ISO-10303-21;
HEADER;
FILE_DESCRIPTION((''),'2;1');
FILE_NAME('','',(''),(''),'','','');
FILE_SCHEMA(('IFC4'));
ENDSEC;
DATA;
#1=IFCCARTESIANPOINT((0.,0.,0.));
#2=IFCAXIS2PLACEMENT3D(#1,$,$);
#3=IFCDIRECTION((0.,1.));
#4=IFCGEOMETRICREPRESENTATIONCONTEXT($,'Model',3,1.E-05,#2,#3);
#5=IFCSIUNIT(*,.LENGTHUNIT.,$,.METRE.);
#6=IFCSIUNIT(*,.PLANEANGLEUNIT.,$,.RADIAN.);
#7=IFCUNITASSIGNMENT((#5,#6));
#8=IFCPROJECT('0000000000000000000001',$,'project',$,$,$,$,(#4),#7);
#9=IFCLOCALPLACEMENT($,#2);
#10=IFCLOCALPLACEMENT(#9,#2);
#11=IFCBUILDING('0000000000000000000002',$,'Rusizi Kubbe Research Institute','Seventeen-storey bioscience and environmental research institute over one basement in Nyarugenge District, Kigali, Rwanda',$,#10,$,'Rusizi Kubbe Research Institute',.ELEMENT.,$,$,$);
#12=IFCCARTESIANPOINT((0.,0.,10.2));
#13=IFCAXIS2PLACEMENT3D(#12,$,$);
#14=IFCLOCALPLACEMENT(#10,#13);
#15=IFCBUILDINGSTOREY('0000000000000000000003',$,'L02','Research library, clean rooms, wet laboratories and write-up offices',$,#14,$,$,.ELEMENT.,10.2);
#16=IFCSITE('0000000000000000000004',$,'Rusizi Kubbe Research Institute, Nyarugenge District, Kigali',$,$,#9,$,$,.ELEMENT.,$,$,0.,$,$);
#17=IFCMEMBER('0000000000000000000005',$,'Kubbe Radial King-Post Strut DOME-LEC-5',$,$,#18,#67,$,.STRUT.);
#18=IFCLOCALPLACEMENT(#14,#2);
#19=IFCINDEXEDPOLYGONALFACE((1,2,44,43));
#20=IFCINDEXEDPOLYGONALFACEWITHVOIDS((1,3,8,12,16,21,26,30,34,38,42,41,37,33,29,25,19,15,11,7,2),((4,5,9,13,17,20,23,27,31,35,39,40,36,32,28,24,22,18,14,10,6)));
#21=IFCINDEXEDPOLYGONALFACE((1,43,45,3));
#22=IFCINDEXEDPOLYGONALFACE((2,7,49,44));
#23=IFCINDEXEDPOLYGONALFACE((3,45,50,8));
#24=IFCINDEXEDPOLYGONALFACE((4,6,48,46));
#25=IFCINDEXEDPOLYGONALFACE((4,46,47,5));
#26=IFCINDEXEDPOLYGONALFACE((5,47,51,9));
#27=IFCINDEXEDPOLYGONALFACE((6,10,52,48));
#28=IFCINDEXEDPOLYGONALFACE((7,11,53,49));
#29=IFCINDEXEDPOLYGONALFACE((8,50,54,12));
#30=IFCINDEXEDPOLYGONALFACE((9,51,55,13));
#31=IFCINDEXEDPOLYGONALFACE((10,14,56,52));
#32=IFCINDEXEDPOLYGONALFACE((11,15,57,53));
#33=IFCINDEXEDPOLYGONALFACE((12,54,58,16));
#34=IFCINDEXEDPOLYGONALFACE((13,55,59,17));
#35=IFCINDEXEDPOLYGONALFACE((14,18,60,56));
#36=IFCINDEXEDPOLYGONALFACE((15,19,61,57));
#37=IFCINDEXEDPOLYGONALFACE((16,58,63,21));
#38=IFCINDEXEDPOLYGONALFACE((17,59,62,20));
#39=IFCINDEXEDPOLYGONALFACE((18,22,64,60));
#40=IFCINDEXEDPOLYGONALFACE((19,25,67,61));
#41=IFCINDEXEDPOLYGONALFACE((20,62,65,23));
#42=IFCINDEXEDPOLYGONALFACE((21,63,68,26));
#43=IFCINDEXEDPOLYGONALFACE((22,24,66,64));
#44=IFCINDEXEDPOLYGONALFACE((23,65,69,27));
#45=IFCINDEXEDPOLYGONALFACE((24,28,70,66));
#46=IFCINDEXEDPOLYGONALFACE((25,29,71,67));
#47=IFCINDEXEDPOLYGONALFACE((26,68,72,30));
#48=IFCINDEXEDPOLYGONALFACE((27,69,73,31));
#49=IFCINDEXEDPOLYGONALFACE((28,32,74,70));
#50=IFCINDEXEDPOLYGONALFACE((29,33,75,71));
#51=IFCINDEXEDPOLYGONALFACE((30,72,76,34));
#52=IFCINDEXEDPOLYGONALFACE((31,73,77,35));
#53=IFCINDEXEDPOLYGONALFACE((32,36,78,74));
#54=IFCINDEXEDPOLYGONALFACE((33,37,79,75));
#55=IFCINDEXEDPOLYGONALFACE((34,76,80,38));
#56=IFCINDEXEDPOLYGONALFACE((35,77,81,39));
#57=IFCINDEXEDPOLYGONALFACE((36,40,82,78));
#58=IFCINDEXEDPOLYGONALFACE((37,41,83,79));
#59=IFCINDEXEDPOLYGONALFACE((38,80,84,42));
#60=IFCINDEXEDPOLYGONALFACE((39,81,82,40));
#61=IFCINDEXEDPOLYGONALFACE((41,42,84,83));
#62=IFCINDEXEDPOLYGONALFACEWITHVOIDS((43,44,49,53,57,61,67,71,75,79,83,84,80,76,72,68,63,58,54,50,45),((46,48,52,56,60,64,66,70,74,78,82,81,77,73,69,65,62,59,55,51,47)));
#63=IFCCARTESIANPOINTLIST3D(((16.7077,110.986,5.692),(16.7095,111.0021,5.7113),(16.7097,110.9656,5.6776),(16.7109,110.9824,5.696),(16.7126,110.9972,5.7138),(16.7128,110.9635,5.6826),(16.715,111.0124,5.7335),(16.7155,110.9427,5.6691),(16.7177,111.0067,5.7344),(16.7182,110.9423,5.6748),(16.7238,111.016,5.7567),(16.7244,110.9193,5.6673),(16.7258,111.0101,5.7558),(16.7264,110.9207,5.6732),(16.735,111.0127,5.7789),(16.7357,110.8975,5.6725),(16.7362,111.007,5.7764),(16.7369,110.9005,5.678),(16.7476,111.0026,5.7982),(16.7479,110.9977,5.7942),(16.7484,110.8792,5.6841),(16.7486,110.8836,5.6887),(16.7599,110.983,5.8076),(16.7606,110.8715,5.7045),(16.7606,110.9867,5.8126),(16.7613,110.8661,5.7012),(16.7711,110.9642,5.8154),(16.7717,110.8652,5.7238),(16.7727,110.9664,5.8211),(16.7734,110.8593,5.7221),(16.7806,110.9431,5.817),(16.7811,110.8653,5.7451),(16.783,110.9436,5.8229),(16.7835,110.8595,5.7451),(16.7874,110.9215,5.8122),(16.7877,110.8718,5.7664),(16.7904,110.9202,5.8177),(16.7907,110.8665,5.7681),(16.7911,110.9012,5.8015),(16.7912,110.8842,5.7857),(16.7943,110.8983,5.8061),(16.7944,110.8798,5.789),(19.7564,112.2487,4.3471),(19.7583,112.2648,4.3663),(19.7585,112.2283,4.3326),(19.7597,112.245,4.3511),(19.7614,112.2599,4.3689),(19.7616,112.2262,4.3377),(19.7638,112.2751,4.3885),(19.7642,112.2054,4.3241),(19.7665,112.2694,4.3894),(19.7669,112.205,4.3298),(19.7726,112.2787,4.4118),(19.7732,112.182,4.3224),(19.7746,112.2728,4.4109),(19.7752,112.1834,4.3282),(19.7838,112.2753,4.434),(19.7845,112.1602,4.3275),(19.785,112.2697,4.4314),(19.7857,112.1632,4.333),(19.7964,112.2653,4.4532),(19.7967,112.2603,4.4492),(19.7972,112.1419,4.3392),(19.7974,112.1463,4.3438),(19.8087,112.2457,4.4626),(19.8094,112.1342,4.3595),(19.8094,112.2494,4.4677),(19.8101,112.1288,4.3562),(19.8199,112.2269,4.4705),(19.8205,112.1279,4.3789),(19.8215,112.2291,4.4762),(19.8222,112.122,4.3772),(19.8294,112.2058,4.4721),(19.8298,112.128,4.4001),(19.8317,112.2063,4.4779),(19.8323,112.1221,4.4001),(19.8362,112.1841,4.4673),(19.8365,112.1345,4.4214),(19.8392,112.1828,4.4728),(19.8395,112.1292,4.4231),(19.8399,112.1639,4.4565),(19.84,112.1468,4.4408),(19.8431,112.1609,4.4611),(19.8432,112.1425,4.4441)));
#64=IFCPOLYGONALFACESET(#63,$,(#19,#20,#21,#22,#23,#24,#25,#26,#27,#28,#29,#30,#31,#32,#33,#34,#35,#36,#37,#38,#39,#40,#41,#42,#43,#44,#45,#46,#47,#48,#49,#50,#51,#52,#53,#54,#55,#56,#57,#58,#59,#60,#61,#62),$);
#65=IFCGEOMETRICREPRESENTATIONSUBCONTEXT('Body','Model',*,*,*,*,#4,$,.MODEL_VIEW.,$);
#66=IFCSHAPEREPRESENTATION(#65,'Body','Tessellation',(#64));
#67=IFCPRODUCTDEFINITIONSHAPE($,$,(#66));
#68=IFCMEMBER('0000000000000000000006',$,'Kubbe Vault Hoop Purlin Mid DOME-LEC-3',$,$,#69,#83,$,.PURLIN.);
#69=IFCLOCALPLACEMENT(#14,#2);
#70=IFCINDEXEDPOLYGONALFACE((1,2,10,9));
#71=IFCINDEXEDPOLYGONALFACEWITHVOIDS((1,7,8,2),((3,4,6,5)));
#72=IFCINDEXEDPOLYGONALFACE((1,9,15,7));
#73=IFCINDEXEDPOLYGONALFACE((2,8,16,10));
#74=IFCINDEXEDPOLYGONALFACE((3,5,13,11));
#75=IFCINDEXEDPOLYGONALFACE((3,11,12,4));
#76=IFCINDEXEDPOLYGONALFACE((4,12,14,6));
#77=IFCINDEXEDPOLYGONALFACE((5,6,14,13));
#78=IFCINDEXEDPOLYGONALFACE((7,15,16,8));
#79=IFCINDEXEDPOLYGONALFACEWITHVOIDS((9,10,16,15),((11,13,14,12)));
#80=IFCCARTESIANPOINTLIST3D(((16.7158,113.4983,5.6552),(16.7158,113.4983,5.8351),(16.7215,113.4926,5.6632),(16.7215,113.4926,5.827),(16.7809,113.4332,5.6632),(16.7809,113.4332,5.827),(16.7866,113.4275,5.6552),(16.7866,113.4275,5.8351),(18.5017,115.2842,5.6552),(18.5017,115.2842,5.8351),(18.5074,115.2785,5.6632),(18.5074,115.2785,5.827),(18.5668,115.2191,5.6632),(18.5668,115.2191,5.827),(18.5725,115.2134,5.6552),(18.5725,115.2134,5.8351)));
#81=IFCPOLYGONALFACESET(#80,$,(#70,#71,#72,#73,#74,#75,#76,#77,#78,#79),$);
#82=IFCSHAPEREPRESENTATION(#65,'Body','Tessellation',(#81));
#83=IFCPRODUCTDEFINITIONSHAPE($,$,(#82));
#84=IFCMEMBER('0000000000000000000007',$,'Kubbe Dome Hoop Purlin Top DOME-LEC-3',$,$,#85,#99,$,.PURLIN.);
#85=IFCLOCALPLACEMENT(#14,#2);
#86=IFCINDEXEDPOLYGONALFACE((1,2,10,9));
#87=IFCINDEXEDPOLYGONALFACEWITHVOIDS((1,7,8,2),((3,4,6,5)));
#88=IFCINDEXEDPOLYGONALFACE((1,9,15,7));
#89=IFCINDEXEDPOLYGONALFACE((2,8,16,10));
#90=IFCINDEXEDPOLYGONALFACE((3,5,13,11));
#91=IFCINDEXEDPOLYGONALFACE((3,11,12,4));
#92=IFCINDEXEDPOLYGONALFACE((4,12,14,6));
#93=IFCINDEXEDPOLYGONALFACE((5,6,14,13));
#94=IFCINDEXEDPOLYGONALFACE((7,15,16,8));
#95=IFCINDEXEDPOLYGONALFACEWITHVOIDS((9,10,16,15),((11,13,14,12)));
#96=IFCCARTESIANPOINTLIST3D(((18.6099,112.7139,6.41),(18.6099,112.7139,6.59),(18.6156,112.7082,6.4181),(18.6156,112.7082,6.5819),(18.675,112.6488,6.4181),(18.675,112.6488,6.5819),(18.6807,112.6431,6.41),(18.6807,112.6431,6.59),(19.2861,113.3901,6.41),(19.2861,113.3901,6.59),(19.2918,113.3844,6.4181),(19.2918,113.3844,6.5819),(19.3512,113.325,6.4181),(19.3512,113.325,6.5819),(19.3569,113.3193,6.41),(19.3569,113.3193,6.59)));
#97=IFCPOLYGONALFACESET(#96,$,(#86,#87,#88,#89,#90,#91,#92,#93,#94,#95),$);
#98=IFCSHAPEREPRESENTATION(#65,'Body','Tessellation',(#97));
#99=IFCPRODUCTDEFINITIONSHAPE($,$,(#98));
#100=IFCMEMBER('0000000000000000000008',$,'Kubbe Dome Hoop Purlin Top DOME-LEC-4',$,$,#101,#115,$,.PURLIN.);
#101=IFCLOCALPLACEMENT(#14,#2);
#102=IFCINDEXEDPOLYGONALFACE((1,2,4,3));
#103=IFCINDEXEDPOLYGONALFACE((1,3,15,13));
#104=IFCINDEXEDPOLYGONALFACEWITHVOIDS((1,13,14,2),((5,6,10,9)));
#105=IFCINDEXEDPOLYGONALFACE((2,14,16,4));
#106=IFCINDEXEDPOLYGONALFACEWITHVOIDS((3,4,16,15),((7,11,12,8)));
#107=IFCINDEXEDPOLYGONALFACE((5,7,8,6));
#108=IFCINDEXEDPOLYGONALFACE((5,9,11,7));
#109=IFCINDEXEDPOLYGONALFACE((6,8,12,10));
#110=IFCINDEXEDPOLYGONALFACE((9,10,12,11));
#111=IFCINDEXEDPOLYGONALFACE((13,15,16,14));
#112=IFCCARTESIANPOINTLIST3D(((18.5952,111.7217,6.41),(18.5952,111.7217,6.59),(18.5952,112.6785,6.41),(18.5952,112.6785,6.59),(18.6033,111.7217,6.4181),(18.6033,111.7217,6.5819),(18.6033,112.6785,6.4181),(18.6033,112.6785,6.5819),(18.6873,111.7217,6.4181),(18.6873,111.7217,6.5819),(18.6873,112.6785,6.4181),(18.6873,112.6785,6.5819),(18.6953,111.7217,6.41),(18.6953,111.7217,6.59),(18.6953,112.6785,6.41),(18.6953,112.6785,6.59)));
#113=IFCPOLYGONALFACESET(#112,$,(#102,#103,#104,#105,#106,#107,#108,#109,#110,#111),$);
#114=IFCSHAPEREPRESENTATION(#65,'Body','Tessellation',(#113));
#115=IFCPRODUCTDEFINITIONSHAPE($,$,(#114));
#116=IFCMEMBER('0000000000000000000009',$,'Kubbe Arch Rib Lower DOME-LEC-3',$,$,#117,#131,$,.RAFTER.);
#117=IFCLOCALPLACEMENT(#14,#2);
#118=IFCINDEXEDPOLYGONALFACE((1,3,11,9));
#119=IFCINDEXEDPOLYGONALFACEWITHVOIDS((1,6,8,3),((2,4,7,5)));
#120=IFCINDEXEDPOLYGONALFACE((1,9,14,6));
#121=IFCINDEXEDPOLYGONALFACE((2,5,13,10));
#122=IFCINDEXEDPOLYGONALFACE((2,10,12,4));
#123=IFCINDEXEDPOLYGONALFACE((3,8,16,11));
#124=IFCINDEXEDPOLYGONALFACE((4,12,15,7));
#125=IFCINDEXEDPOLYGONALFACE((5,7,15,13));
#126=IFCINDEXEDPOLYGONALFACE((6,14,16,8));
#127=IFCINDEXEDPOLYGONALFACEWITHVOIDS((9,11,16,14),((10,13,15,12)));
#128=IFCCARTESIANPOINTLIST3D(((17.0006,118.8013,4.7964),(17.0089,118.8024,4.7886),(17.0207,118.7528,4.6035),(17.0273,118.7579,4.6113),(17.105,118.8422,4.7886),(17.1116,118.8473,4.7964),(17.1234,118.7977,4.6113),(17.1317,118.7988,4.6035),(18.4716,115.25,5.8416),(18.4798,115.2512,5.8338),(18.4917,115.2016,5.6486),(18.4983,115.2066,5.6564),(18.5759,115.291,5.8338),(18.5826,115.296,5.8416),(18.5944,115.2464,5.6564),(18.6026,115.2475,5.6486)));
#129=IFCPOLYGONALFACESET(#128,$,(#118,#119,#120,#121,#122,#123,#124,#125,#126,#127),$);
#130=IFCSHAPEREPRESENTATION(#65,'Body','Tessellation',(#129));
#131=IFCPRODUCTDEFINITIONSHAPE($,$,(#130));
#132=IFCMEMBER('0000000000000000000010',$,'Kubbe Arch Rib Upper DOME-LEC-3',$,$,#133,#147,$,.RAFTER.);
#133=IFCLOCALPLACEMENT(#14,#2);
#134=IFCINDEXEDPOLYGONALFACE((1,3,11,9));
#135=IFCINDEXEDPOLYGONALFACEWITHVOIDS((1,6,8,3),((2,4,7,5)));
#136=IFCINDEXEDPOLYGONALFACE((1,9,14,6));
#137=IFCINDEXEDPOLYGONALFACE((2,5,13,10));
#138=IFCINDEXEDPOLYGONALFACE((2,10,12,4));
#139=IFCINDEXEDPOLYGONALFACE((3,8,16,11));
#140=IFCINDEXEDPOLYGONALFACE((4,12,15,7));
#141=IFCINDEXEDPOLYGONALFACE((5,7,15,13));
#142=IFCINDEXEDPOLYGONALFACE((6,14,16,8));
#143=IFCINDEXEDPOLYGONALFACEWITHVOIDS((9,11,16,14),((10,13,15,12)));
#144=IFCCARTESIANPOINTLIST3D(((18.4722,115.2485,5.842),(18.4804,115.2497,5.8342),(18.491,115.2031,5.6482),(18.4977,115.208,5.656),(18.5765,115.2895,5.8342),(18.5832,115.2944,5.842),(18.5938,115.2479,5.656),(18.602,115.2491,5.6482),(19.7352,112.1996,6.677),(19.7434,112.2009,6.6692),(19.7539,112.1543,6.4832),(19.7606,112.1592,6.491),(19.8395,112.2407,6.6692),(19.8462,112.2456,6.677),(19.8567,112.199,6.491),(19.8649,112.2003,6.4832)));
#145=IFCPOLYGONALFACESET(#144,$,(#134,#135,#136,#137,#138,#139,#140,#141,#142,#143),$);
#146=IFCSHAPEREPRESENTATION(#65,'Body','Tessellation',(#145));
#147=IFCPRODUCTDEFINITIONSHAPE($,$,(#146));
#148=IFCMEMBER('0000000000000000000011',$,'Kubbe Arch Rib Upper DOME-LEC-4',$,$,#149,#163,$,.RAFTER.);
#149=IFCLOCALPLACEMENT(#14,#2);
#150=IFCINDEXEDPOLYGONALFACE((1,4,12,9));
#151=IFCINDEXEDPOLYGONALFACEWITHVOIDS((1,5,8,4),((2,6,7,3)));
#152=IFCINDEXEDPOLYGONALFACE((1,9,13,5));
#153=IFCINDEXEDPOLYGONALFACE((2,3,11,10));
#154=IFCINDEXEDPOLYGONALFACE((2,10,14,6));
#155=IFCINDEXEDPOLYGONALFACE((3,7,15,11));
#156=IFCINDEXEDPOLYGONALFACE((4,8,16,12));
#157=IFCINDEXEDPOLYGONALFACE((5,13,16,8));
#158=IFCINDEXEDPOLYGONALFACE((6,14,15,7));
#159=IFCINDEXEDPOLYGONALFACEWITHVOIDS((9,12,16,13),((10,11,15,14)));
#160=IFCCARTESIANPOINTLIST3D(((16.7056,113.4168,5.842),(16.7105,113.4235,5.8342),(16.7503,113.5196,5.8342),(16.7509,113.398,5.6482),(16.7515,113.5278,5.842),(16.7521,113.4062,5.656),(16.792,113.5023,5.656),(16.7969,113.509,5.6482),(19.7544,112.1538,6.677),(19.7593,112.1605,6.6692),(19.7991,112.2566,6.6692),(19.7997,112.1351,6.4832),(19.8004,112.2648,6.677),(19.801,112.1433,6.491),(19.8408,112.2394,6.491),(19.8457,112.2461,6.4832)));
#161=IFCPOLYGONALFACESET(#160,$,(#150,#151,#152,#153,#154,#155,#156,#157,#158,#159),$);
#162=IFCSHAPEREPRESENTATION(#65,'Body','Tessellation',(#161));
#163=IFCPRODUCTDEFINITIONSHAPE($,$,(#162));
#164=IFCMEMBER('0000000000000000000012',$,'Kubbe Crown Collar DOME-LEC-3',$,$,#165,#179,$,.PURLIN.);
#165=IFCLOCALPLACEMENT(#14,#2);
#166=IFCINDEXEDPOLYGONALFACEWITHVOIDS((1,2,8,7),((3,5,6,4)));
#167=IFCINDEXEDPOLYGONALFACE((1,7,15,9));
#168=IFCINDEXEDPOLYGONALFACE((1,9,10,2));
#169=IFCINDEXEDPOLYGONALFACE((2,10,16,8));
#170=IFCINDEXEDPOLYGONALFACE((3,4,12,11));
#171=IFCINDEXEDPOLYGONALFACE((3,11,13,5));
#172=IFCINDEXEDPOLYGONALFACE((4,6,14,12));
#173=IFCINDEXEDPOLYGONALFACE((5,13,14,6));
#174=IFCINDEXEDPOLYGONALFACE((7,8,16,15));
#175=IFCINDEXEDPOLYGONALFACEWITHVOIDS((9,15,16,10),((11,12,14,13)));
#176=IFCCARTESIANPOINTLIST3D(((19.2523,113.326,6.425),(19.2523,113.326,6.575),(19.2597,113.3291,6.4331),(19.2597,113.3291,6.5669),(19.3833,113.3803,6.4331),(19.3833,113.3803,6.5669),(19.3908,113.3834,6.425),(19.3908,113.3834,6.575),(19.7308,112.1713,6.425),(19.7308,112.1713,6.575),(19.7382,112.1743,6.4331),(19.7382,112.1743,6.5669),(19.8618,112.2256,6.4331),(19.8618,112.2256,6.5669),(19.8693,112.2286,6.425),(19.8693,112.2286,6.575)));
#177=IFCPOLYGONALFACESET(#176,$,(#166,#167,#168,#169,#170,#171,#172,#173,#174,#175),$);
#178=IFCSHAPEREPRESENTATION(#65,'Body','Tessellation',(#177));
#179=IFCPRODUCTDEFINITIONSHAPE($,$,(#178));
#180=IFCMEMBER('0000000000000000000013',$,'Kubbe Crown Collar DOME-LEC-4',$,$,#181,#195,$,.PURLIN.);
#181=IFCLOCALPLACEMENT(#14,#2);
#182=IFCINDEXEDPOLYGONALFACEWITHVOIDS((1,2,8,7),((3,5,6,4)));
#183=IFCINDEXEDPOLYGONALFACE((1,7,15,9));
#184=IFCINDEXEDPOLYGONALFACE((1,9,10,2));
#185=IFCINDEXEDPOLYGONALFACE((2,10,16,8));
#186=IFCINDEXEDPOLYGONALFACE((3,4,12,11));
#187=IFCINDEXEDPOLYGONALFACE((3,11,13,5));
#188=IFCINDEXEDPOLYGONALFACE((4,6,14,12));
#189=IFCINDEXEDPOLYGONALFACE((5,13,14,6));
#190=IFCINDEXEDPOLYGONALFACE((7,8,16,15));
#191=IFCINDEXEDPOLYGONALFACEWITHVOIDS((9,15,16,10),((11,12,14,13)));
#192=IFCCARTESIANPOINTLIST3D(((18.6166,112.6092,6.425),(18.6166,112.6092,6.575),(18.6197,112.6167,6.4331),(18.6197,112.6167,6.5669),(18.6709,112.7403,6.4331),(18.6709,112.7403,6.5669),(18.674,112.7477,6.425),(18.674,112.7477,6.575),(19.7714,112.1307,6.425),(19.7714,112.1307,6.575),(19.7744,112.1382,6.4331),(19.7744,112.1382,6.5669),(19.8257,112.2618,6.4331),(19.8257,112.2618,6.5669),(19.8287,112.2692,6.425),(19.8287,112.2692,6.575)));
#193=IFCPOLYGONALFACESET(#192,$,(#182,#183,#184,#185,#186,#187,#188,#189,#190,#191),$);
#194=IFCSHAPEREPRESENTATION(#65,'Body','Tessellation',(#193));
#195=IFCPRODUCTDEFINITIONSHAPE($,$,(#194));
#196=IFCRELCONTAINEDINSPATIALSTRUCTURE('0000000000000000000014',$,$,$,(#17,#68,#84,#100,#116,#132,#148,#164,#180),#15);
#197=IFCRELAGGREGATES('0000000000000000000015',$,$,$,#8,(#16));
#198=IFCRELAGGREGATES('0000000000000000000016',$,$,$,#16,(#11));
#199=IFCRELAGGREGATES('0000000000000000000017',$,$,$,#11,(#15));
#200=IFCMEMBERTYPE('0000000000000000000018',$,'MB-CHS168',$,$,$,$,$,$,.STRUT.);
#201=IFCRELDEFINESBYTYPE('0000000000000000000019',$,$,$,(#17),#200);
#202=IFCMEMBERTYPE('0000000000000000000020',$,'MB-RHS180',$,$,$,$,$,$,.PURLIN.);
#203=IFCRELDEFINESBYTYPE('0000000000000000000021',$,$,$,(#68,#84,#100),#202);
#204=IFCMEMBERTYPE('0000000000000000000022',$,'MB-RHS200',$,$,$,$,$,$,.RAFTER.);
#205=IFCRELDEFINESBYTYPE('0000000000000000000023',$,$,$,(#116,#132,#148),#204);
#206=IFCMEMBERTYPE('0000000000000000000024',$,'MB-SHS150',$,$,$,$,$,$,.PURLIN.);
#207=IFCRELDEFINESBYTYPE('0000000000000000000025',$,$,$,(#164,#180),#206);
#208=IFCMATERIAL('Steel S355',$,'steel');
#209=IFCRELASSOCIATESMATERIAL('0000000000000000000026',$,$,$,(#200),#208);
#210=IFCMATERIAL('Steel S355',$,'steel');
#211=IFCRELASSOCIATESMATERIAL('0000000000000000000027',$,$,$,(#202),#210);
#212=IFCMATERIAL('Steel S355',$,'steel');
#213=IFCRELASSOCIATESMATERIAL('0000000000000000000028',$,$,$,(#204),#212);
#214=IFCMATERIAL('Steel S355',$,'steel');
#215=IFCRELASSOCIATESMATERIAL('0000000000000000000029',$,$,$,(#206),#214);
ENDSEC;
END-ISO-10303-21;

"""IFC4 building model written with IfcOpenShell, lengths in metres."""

from ifc_helpers import new_model, si_unit, direction, frame, origin, origin_2d, place, context, subcontext, project, spatial, hollow_rectangle, hollow_circle, extrude, material, material_profile, profile_set, type_object, element, save


model = new_model("IFC4")

# Units and contexts
model_context = context("Model", 3, precision=1e-05, world=origin(), true_north=direction((0.0, 1.0)))
body_context = subcontext(model_context, "Body", "Model", "MODEL_VIEW")
ifc_project = project(units=[si_unit("LENGTHUNIT", "METRE"), si_unit("PLANEANGLEUNIT", "RADIAN")], contexts=[model_context])

# Site, building, storey
site_placement = place(None, origin())
site = spatial("IfcSite", under=ifc_project, at=site_placement, Name="Rusizi Kubbe Research Institute, Nyarugenge District, Kigali", CompositionType="ELEMENT", RefElevation=0.0)
building_placement = place(site_placement, origin())
building = spatial("IfcBuilding", under=site, at=building_placement, Name="Rusizi Kubbe Research Institute", Description="Seventeen-storey bioscience and environmental research institute over one basement in Nyarugenge District, Kigali, Rwanda", LongName="Rusizi Kubbe Research Institute", CompositionType="ELEMENT")
storey_placement = place(building_placement, frame((0.0, 0.0, 10.2)))
storey = spatial("IfcBuildingStorey", under=building, at=storey_placement, Name="L02", Description="Research library, clean rooms, wet laboratories and write-up offices", CompositionType="ELEMENT", Elevation=10.2)

# Members
ifc_material_1 = material(Name="Steel S355", Category="steel")
ifc_material_profile_1 = material_profile(ifc_material_1, hollow_circle(Radius=0.0842, WallThickness=0.0063, at=origin_2d()), Name="CHS 168.3x6.3")
ifc_profile_set_1 = profile_set([ifc_material_profile_1], Name="Steel S355")
member_type_1 = type_object("IfcMemberType", Name="MB-CHS168", PredefinedType="STRUT", material=ifc_profile_set_1)
member_1_placement = place(storey_placement, frame((19.8, 112.2, 4.4001), z_axis=(-0.855566, -0.354339, 0.377427), x_axis=(0.382639, -0.923898, 0.0)))
element("IfcMember", 1, at=member_1_placement, inside=storey, type_object=member_type_1, Name="Kubbe Radial King-Post Strut DOME-LEC-5", PredefinedType="STRUT", context=body_context, shape_type="SweptSolid", body=[
    extrude(hollow_circle(Radius=0.0842, WallThickness=0.0063, at=origin_2d()), origin(), (0.0, 0.0, 1.0), 3.5635),
])
ifc_material_2 = material(Name="Steel S355", Category="steel")
ifc_material_profile_2 = material_profile(ifc_material_2, hollow_rectangle(XDim=0.1001, YDim=0.1799, WallThickness=0.0081, at=origin_2d()), Name="RHS 180x100x8.0")
ifc_profile_set_2 = profile_set([ifc_material_profile_2], Name="Steel S355")
member_type_2 = type_object("IfcMemberType", Name="MB-RHS180", PredefinedType="PURLIN", material=ifc_profile_set_2)
member_2_placement = place(storey_placement, frame((18.5371, 115.2488, 5.7451), z_axis=(-0.707107, -0.707107, 0.0), x_axis=(0.707107, -0.707107, 0.0)))
element("IfcMember", 2, at=member_2_placement, inside=storey, type_object=member_type_2, Name="Kubbe Vault Hoop Purlin Mid DOME-LEC-3", PredefinedType="PURLIN", context=body_context, shape_type="SweptSolid", body=[
    extrude(hollow_rectangle(XDim=0.1001, YDim=0.1799, WallThickness=0.0081, at=origin_2d()), origin(), (0.0, 0.0, 1.0), 2.5256),
])
member_3_placement = place(storey_placement, frame((19.3215, 113.3547, 6.5), z_axis=(-0.707107, -0.707107, 0.0), x_axis=(0.707107, -0.707107, 0.0)))
element("IfcMember", 3, at=member_3_placement, inside=storey, type_object=member_type_2, Name="Kubbe Dome Hoop Purlin Top DOME-LEC-3", PredefinedType="PURLIN", context=body_context, shape_type="SweptSolid", body=[
    extrude(hollow_rectangle(XDim=0.1001, YDim=0.1799, WallThickness=0.0081, at=origin_2d()), origin(), (0.0, 0.0, 1.0), 0.9563),
])
member_4_placement = place(storey_placement, frame((18.6453, 112.6785, 6.5), z_axis=(0.0, -1.0, 0.0), x_axis=(1.0, 0.0, 0.0)))
element("IfcMember", 4, at=member_4_placement, inside=storey, type_object=member_type_2, Name="Kubbe Dome Hoop Purlin Top DOME-LEC-4", PredefinedType="PURLIN", context=body_context, shape_type="SweptSolid", body=[
    extrude(hollow_rectangle(XDim=0.1001, YDim=0.1799, WallThickness=0.0081, at=origin_2d()), origin(), (0.0, 0.0, 1.0), 0.9568),
])
ifc_material_3 = material(Name="Steel S355", Category="steel")
ifc_material_profile_3 = material_profile(ifc_material_3, hollow_rectangle(XDim=0.1201, YDim=0.2, WallThickness=0.0081, at=origin_2d()), Name="RHS 200x120x8.0")
ifc_profile_set_3 = profile_set([ifc_material_profile_3], Name="Steel S355")
member_type_3 = type_object("IfcMemberType", Name="MB-RHS200", PredefinedType="RAFTER", material=ifc_profile_set_3)
member_5_placement = place(storey_placement, frame((17.0662, 118.8, 4.7), z_axis=(0.369268, -0.891514, 0.26238), x_axis=(0.923883, 0.382675, 0.0)))
element("IfcMember", 5, at=member_5_placement, inside=storey, type_object=member_type_3, Name="Kubbe Arch Rib Lower DOME-LEC-3", PredefinedType="RAFTER", context=body_context, shape_type="SweptSolid", body=[
    extrude(hollow_rectangle(XDim=0.1201, YDim=0.2, WallThickness=0.0081, at=origin_2d()), origin(), (0.0, 0.0, 1.0), 3.9834),
])
for number, where, z_axis, x_axis, name in (
    (6, (18.5371, 115.2488, 5.7451), (0.371011, -0.895648, 0.245285), (0.923872, 0.382702, 0.0), "Kubbe Arch Rib Upper DOME-LEC-3"),
    (7, (16.7512, 113.4629, 5.7451), (0.895648, -0.371011, 0.245285), (0.382702, 0.923872, 0.0), "Kubbe Arch Rib Upper DOME-LEC-4"),
):
    element("IfcMember", number, at=place(storey_placement, frame(where, z_axis=z_axis, x_axis=x_axis)), inside=storey, type_object=member_type_3, Name=name, PredefinedType="RAFTER", context=body_context, shape_type="SweptSolid", body=[
        extrude(hollow_rectangle(XDim=0.1201, YDim=0.2, WallThickness=0.0081, at=origin_2d()), origin(), (0.0, 0.0, 1.0), 3.4041),
    ])
ifc_material_4 = material(Name="Steel S355", Category="steel")
ifc_material_profile_4 = material_profile(ifc_material_4, hollow_rectangle(XDim=0.1499, YDim=0.1499, WallThickness=0.0081, at=origin_2d()), Name="SHS 150x150x8.0")
ifc_profile_set_4 = profile_set([ifc_material_profile_4], Name="Steel S355")
member_type_4 = type_object("IfcMemberType", Name="MB-SHS150", PredefinedType="PURLIN", material=ifc_profile_set_4)
for number, where, z_axis, x_axis, name in (
    (8, (19.8, 112.2, 6.5), (-0.382812, 0.923826, 0.0), (-0.923826, -0.382812, 0.0), "Kubbe Crown Collar DOME-LEC-3"),
    (9, (19.8, 112.2, 6.5), (-0.923826, 0.382812, 0.0), (-0.382812, -0.923826, 0.0), "Kubbe Crown Collar DOME-LEC-4"),
):
    element("IfcMember", number, at=place(storey_placement, frame(where, z_axis=z_axis, x_axis=x_axis)), inside=storey, type_object=member_type_4, Name=name, PredefinedType="PURLIN", context=body_context, shape_type="SweptSolid", body=[
        extrude(hollow_rectangle(XDim=0.1499, YDim=0.1499, WallThickness=0.0081, at=origin_2d()), origin(), (0.0, 0.0, 1.0), 1.25),
    ])

save(model, "model.ifc")
